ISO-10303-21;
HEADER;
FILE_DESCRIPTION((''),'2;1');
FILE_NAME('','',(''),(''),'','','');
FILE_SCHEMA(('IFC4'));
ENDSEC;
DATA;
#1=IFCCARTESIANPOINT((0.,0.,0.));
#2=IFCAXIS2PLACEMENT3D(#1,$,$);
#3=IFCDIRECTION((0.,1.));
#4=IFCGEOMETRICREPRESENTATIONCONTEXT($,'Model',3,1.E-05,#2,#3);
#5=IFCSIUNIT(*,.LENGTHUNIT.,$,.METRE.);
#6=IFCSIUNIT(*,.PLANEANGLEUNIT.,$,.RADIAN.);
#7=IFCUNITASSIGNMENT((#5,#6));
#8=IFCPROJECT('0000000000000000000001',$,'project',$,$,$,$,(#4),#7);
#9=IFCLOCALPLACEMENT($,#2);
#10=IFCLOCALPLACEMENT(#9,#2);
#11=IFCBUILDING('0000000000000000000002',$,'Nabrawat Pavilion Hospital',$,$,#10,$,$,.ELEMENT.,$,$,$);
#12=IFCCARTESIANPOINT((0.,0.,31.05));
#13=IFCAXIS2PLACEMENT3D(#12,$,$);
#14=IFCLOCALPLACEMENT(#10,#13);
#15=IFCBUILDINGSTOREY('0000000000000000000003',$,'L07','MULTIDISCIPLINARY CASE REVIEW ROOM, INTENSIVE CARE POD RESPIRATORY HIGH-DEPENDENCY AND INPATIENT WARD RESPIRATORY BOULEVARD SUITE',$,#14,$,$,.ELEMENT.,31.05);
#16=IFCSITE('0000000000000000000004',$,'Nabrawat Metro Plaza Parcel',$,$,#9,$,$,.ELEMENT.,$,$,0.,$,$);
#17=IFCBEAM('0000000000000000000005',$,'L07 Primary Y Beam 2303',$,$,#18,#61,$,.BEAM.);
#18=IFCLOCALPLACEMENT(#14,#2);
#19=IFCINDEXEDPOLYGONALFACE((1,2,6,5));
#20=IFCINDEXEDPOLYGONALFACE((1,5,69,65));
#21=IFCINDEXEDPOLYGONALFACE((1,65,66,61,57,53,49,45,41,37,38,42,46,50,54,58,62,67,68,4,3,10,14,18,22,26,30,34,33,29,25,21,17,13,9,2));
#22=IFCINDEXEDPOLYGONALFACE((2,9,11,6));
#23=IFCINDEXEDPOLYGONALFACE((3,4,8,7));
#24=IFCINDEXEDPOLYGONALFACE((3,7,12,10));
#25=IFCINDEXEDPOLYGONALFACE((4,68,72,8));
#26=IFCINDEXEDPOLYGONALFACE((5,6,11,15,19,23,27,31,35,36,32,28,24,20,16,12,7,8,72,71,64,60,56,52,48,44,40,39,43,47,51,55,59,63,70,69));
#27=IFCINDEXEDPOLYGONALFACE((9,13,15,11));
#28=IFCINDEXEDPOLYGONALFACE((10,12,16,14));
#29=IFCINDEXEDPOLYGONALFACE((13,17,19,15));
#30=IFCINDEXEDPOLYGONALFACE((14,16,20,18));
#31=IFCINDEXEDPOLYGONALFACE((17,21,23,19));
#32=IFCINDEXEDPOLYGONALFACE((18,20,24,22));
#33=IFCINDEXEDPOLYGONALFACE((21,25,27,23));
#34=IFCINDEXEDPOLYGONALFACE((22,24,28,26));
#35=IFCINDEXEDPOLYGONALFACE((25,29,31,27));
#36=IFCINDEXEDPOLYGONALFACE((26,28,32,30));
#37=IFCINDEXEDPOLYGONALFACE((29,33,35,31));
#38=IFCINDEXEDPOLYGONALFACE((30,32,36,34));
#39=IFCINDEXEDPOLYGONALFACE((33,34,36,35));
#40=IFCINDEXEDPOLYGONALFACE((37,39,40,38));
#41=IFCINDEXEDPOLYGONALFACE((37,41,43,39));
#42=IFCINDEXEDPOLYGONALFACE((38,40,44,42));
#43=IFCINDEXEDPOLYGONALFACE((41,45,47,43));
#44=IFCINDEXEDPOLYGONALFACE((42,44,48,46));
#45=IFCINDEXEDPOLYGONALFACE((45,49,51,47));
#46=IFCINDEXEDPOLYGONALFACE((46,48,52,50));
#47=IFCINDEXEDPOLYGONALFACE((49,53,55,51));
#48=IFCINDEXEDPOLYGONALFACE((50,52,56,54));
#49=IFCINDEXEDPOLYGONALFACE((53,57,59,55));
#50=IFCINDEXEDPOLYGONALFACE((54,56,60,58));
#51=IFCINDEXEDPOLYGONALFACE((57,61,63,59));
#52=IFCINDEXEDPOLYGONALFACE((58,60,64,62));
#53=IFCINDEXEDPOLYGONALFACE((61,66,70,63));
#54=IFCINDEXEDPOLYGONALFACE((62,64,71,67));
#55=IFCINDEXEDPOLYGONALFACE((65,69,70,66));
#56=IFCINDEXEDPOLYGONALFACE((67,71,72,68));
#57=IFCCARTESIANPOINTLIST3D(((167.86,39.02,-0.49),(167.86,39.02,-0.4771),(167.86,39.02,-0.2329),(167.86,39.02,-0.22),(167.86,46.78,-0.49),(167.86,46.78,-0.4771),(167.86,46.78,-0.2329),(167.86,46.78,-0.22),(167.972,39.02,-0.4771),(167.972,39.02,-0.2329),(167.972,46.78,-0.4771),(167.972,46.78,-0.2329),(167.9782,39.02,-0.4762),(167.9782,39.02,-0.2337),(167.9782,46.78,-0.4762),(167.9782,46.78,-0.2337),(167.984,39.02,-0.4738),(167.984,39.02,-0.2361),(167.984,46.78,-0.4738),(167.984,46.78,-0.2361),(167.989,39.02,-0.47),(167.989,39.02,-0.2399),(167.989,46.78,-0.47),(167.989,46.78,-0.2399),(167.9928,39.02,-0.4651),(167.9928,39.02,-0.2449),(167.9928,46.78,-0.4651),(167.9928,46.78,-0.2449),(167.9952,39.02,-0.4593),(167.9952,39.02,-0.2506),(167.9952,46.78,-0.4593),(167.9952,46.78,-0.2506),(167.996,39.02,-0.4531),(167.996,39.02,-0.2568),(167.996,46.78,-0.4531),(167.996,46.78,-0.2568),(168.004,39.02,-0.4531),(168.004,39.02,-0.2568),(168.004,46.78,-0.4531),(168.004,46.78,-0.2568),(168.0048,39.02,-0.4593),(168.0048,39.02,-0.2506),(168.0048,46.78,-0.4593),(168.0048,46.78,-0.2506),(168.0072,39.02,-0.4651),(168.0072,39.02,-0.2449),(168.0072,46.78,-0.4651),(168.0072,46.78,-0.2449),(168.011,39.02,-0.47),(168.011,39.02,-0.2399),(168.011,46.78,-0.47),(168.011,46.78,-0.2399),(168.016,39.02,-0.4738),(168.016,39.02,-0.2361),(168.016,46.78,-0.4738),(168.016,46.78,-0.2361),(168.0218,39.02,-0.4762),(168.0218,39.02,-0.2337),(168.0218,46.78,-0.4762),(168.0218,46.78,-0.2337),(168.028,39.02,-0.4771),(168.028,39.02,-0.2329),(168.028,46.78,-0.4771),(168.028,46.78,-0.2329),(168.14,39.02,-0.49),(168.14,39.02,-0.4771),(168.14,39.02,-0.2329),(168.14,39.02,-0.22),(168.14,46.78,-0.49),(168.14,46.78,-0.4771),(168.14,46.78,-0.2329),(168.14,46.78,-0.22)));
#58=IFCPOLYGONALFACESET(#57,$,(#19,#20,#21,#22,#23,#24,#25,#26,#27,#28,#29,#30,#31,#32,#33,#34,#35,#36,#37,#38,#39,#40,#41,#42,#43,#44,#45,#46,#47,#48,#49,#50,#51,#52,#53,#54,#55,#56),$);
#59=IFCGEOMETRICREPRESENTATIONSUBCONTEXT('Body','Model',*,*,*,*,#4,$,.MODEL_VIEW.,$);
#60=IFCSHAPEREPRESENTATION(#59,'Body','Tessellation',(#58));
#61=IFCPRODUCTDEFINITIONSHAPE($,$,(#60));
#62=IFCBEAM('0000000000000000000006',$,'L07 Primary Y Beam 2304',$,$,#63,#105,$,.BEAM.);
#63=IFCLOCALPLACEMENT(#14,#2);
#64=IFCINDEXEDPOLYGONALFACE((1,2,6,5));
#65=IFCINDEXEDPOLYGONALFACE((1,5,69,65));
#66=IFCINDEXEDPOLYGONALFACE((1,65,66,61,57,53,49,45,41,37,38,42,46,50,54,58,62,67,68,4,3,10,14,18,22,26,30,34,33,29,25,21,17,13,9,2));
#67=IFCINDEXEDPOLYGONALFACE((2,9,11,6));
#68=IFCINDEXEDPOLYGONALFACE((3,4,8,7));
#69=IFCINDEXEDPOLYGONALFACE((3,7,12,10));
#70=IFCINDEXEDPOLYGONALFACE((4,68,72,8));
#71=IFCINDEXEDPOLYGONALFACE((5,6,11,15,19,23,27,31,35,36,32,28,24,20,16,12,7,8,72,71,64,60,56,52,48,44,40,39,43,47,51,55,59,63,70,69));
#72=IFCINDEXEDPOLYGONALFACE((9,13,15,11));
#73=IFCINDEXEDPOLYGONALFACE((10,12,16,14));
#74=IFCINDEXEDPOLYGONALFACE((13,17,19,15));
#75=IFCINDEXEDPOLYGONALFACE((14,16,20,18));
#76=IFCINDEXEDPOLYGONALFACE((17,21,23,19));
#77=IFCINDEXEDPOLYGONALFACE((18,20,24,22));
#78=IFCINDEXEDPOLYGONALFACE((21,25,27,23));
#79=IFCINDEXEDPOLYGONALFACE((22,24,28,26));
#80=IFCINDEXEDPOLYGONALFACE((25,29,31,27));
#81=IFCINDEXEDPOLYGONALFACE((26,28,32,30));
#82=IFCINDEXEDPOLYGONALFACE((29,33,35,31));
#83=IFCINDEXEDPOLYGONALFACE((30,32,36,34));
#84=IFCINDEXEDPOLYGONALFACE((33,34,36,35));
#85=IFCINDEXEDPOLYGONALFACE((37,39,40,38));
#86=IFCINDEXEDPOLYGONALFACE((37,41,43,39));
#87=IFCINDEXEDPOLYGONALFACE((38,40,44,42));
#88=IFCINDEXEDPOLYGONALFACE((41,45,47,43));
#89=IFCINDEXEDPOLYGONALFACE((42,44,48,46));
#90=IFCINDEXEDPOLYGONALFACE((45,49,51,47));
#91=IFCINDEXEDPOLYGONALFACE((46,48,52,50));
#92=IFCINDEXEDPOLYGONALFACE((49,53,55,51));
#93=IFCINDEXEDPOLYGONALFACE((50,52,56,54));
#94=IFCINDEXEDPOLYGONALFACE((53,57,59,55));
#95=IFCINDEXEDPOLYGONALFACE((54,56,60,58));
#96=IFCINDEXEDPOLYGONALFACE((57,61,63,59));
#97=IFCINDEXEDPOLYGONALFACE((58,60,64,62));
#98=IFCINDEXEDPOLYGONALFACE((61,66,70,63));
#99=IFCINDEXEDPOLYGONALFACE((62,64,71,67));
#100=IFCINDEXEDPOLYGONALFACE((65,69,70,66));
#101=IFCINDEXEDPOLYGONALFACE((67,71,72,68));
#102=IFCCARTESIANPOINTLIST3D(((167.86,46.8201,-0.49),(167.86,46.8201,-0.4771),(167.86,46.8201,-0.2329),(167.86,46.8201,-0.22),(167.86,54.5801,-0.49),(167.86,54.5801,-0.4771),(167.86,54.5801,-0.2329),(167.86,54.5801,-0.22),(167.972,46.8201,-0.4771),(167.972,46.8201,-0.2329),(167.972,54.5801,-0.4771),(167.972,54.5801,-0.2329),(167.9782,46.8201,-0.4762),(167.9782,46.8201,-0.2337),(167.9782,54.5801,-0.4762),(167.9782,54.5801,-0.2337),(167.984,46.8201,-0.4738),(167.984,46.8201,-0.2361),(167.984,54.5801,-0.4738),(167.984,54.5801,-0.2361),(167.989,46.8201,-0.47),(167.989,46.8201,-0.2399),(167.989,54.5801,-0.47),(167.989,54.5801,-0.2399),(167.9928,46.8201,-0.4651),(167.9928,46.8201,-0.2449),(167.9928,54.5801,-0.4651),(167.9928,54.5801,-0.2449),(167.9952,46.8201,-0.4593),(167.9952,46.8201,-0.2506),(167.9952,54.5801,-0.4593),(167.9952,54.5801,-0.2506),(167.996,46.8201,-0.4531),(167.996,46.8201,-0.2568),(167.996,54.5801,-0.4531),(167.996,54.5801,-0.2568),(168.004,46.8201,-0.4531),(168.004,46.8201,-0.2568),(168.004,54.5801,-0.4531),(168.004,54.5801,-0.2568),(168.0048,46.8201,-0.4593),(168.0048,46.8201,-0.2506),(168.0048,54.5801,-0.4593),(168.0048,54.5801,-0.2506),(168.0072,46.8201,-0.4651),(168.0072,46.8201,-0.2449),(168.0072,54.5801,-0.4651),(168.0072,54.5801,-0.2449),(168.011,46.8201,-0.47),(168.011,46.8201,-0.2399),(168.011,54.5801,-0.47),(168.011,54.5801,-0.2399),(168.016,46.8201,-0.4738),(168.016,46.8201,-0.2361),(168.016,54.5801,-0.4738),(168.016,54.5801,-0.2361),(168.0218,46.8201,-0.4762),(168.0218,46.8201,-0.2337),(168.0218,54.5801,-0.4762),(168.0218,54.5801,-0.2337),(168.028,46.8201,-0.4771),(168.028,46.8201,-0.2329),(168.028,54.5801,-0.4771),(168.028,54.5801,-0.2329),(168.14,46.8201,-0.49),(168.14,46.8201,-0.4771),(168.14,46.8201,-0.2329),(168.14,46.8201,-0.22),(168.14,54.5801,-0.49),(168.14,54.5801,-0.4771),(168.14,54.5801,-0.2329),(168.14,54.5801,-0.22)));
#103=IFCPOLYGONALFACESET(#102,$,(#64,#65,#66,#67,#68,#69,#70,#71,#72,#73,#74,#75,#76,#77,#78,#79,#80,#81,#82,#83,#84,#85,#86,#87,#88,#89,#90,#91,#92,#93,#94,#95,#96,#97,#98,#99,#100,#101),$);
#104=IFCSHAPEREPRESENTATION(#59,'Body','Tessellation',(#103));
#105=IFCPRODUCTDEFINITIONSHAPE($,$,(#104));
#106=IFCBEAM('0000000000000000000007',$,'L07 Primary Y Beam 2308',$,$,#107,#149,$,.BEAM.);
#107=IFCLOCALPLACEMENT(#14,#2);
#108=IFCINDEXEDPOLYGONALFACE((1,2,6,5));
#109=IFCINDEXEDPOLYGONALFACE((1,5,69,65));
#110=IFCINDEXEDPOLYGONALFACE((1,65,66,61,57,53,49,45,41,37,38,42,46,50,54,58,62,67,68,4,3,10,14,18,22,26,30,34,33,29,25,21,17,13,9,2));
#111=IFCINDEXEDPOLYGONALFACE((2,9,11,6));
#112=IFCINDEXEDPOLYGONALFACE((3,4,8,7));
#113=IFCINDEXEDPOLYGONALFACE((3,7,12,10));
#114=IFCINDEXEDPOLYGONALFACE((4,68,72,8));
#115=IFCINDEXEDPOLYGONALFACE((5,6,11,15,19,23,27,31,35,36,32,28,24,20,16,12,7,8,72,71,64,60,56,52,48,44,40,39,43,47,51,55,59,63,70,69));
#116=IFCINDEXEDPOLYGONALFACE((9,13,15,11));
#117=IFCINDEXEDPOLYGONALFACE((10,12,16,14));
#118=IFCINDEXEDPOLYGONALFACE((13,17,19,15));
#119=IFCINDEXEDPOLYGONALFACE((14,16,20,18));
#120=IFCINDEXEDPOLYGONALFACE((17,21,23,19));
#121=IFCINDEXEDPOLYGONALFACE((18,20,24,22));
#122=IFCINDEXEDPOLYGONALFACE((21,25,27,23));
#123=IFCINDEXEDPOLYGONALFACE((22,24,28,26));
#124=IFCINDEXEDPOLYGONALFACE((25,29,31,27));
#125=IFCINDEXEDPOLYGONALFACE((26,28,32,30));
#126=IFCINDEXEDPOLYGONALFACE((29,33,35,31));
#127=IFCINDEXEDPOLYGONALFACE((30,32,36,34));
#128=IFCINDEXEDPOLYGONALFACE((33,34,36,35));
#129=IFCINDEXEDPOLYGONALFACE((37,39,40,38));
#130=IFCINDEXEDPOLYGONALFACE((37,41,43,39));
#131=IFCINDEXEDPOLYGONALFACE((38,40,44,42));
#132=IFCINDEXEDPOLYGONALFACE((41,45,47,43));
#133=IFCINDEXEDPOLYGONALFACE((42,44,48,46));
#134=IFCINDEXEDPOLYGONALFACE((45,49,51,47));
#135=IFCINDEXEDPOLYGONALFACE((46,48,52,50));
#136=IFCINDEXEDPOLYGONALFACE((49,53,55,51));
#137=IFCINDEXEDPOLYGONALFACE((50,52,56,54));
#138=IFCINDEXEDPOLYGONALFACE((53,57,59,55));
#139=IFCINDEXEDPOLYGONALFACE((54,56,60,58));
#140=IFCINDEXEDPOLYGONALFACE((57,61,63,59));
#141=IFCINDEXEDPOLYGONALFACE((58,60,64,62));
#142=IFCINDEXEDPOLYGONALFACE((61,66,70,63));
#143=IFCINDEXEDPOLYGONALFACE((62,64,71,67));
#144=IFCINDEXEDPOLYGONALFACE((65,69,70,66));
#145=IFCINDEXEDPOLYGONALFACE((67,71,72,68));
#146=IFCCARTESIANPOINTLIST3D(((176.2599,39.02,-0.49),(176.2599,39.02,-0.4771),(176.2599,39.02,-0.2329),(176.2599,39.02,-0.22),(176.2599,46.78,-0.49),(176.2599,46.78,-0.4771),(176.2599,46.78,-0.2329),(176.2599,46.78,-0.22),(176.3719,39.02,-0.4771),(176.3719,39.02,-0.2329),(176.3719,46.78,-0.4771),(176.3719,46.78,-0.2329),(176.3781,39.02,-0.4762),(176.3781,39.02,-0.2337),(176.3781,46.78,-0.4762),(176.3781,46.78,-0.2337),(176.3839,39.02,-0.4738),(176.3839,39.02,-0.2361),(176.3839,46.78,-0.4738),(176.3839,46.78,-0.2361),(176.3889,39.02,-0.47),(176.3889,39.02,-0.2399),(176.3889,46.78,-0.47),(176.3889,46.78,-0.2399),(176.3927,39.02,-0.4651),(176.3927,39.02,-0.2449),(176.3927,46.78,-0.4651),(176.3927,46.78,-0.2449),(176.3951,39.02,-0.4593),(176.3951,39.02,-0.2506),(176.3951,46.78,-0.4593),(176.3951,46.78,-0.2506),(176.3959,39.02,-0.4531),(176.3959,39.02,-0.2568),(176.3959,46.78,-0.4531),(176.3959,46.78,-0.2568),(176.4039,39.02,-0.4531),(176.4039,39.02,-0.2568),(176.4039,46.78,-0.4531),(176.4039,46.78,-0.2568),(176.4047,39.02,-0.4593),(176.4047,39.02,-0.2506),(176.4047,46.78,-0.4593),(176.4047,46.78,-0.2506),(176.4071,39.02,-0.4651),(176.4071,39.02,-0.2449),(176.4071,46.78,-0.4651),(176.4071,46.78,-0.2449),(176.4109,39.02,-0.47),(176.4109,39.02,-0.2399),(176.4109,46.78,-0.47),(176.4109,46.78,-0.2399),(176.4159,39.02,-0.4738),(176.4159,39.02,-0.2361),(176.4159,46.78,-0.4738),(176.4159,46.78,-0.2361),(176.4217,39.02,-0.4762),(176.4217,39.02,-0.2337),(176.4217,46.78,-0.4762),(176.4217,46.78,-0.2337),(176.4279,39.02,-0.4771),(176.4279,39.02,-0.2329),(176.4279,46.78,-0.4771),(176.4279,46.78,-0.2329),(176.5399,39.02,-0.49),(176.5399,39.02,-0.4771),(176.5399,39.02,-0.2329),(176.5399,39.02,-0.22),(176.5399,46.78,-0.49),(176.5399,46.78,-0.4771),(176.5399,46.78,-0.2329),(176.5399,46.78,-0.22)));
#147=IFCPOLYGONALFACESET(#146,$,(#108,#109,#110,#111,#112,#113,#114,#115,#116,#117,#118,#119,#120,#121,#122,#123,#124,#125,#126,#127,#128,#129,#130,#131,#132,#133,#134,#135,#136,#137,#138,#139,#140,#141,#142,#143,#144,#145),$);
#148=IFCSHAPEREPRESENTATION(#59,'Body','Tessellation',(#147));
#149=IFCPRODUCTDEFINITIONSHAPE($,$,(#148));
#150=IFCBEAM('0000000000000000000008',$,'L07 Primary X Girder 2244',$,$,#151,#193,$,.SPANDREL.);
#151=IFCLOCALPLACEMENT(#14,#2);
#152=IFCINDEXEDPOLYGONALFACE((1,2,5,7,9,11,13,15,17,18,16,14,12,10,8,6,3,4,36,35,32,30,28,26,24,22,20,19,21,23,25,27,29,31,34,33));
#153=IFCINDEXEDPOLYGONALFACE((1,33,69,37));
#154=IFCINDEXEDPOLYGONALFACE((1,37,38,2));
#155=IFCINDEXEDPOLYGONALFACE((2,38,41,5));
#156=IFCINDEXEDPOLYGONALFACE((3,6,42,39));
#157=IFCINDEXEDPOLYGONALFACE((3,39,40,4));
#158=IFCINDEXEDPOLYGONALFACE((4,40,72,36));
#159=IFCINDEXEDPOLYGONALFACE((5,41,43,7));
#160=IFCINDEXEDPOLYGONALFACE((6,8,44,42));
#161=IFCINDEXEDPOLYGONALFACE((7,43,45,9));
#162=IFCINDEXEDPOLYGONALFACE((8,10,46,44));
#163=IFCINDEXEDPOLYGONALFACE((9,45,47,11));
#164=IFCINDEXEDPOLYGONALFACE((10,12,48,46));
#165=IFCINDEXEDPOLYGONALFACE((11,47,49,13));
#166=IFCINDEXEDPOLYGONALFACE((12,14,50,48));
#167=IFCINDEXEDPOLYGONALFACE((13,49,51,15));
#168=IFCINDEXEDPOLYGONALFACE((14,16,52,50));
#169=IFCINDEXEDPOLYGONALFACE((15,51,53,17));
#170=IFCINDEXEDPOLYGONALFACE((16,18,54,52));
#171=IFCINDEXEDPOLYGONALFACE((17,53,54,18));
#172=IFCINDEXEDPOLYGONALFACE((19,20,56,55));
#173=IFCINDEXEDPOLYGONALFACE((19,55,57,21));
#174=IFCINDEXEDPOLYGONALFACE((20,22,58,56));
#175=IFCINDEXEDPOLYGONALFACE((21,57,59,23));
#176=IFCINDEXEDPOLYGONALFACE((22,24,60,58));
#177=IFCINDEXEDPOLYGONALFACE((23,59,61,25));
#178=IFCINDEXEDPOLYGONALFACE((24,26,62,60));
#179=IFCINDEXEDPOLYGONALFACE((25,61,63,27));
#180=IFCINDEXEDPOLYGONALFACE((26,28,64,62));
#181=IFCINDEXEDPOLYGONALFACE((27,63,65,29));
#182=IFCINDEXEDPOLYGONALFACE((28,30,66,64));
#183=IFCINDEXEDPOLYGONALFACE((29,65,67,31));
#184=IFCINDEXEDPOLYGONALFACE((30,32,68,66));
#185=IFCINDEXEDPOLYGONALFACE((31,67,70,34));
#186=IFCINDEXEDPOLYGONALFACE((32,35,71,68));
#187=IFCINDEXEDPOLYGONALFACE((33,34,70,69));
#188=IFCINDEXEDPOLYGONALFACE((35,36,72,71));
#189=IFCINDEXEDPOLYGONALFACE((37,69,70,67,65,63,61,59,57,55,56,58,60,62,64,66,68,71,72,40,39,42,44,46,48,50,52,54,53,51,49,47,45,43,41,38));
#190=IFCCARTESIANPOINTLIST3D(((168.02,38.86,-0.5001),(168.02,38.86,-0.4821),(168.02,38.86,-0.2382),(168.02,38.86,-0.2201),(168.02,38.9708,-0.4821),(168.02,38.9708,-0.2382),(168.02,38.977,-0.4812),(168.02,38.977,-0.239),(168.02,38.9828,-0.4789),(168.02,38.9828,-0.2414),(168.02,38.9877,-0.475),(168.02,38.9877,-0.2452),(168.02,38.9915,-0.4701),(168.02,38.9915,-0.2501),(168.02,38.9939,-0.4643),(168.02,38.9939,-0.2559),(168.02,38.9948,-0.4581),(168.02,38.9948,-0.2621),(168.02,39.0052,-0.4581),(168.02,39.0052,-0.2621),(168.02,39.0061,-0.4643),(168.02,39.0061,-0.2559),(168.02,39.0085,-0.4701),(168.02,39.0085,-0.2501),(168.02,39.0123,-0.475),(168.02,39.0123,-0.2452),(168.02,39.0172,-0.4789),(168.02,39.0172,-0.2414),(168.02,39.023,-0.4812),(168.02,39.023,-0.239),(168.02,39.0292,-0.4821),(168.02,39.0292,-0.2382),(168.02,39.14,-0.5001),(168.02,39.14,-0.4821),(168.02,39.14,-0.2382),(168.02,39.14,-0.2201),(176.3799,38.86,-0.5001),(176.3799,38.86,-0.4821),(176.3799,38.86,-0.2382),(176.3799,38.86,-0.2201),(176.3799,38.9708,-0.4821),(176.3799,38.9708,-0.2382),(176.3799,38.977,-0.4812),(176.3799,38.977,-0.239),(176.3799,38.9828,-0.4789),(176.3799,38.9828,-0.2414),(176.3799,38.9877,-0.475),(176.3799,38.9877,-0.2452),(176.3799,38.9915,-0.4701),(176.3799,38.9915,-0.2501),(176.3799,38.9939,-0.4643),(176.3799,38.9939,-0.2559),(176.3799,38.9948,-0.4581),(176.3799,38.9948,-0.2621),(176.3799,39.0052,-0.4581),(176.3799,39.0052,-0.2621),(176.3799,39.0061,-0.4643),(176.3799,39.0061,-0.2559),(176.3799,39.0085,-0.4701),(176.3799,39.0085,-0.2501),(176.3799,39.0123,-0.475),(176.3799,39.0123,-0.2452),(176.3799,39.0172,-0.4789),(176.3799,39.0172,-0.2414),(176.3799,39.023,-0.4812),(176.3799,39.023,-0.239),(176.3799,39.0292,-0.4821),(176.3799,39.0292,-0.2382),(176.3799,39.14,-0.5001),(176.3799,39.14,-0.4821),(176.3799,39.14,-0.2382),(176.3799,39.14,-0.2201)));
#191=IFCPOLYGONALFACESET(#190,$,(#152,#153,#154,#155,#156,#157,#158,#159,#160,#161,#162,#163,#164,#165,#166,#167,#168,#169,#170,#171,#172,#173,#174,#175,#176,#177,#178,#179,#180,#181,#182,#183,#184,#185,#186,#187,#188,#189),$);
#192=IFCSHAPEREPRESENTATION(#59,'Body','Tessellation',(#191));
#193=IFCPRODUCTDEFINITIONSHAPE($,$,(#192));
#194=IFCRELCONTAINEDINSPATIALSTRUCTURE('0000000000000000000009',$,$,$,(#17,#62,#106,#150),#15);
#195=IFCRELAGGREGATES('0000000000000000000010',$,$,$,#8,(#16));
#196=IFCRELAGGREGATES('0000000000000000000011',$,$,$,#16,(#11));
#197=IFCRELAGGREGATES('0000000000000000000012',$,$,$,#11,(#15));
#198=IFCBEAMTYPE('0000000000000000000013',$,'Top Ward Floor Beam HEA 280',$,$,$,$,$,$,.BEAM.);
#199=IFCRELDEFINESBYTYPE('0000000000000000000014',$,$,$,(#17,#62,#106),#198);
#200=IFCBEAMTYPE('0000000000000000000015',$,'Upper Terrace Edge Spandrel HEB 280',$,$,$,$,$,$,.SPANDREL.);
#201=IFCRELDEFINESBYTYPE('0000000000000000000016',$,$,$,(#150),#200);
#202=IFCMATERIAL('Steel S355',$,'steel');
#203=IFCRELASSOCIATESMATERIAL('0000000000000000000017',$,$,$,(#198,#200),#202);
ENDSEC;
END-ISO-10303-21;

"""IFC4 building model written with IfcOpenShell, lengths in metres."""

from ifc_helpers import new_model, si_unit, direction, frame, origin, origin_2d, place, context, subcontext, project, spatial, i_section, extrude, material, material_profile, profile_set, type_object, element, save


model = new_model("IFC4")

# Units and contexts
model_context = context("Model", 3, precision=1e-05, world=origin(), true_north=direction((0.0, 1.0)))
body_context = subcontext(model_context, "Body", "Model", "MODEL_VIEW")
ifc_project = project(units=[si_unit("LENGTHUNIT", "METRE"), si_unit("PLANEANGLEUNIT", "RADIAN")], contexts=[model_context])

# Site, building, storey
site_placement = place(None, origin())
site = spatial("IfcSite", under=ifc_project, at=site_placement, Name="Nabrawat Metro Plaza Parcel", CompositionType="ELEMENT", RefElevation=0.0)
building_placement = place(site_placement, origin())
building = spatial("IfcBuilding", under=site, at=building_placement, Name="Nabrawat Pavilion Hospital", CompositionType="ELEMENT")
storey_placement = place(building_placement, frame((0.0, 0.0, 31.05)))
storey = spatial("IfcBuildingStorey", under=building, at=storey_placement, Name="L07", Description="MULTIDISCIPLINARY CASE REVIEW ROOM, INTENSIVE CARE POD RESPIRATORY HIGH-DEPENDENCY AND INPATIENT WARD RESPIRATORY BOULEVARD SUITE", CompositionType="ELEMENT", Elevation=31.05)

# Shared definitions
ifc_material_1 = material(Name="Steel S355", Category="steel")

# Beams
ifc_material_profile_1 = material_profile(ifc_material_1, i_section(OverallWidth=0.28, OverallDepth=0.27, WebThickness=0.0081, FlangeThickness=0.0129, FilletRadius=0.0239, at=origin_2d()), Name="HEA 280")
ifc_profile_set_1 = profile_set([ifc_material_profile_1], Name="Steel S355")
beam_type_1 = type_object("IfcBeamType", Name="Top Ward Floor Beam HEA 280", PredefinedType="BEAM", material=ifc_profile_set_1)
for number, where, z_axis, x_axis, name in (
    (1, (168.0, 39.02, -0.355), (0.0, 1.0, 0.0), (-1.0, 0.0, 0.0), "L07 Primary Y Beam 2303"),
    (2, (168.0, 46.8201, -0.355), (0.0, 1.0, 0.0), (-1.0, 0.0, 0.0), "L07 Primary Y Beam 2304"),
    (3, (176.3999, 39.02, -0.355), (0.0, 1.0, 0.0), (-1.0, 0.0, 0.0), "L07 Primary Y Beam 2308"),
):
    element("IfcBeam", number, at=place(storey_placement, frame(where, z_axis=z_axis, x_axis=x_axis)), inside=storey, type_object=beam_type_1, Name=name, PredefinedType="BEAM", context=body_context, shape_type="SweptSolid", body=[
        extrude(i_section(OverallWidth=0.28, OverallDepth=0.27, WebThickness=0.0081, FlangeThickness=0.0129, FilletRadius=0.0239, at=origin_2d()), origin(), (0.0, 0.0, 1.0), 7.76),
    ])
ifc_material_profile_2 = material_profile(ifc_material_1, i_section(OverallWidth=0.28, OverallDepth=0.28, WebThickness=0.0105, FlangeThickness=0.0181, FilletRadius=0.0239, at=origin_2d()), Name="HEB 280")
ifc_profile_set_2 = profile_set([ifc_material_profile_2], Name="Steel S355")
beam_type_2 = type_object("IfcBeamType", Name="Upper Terrace Edge Spandrel HEB 280", PredefinedType="SPANDREL", material=ifc_profile_set_2)
beam_1_placement = place(storey_placement, frame((168.02, 39.0, -0.3601), z_axis=(1.0, 0.0, 0.0), x_axis=(0.0, 1.0, 0.0)))
element("IfcBeam", 4, at=beam_1_placement, inside=storey, type_object=beam_type_2, Name="L07 Primary X Girder 2244", PredefinedType="SPANDREL", context=body_context, shape_type="SweptSolid", body=[
    extrude(i_section(OverallWidth=0.28, OverallDepth=0.28, WebThickness=0.0105, FlangeThickness=0.0181, FilletRadius=0.0239, at=origin_2d()), origin(), (0.0, 0.0, 1.0), 8.3599),
])

save(model, "model.ifc")
